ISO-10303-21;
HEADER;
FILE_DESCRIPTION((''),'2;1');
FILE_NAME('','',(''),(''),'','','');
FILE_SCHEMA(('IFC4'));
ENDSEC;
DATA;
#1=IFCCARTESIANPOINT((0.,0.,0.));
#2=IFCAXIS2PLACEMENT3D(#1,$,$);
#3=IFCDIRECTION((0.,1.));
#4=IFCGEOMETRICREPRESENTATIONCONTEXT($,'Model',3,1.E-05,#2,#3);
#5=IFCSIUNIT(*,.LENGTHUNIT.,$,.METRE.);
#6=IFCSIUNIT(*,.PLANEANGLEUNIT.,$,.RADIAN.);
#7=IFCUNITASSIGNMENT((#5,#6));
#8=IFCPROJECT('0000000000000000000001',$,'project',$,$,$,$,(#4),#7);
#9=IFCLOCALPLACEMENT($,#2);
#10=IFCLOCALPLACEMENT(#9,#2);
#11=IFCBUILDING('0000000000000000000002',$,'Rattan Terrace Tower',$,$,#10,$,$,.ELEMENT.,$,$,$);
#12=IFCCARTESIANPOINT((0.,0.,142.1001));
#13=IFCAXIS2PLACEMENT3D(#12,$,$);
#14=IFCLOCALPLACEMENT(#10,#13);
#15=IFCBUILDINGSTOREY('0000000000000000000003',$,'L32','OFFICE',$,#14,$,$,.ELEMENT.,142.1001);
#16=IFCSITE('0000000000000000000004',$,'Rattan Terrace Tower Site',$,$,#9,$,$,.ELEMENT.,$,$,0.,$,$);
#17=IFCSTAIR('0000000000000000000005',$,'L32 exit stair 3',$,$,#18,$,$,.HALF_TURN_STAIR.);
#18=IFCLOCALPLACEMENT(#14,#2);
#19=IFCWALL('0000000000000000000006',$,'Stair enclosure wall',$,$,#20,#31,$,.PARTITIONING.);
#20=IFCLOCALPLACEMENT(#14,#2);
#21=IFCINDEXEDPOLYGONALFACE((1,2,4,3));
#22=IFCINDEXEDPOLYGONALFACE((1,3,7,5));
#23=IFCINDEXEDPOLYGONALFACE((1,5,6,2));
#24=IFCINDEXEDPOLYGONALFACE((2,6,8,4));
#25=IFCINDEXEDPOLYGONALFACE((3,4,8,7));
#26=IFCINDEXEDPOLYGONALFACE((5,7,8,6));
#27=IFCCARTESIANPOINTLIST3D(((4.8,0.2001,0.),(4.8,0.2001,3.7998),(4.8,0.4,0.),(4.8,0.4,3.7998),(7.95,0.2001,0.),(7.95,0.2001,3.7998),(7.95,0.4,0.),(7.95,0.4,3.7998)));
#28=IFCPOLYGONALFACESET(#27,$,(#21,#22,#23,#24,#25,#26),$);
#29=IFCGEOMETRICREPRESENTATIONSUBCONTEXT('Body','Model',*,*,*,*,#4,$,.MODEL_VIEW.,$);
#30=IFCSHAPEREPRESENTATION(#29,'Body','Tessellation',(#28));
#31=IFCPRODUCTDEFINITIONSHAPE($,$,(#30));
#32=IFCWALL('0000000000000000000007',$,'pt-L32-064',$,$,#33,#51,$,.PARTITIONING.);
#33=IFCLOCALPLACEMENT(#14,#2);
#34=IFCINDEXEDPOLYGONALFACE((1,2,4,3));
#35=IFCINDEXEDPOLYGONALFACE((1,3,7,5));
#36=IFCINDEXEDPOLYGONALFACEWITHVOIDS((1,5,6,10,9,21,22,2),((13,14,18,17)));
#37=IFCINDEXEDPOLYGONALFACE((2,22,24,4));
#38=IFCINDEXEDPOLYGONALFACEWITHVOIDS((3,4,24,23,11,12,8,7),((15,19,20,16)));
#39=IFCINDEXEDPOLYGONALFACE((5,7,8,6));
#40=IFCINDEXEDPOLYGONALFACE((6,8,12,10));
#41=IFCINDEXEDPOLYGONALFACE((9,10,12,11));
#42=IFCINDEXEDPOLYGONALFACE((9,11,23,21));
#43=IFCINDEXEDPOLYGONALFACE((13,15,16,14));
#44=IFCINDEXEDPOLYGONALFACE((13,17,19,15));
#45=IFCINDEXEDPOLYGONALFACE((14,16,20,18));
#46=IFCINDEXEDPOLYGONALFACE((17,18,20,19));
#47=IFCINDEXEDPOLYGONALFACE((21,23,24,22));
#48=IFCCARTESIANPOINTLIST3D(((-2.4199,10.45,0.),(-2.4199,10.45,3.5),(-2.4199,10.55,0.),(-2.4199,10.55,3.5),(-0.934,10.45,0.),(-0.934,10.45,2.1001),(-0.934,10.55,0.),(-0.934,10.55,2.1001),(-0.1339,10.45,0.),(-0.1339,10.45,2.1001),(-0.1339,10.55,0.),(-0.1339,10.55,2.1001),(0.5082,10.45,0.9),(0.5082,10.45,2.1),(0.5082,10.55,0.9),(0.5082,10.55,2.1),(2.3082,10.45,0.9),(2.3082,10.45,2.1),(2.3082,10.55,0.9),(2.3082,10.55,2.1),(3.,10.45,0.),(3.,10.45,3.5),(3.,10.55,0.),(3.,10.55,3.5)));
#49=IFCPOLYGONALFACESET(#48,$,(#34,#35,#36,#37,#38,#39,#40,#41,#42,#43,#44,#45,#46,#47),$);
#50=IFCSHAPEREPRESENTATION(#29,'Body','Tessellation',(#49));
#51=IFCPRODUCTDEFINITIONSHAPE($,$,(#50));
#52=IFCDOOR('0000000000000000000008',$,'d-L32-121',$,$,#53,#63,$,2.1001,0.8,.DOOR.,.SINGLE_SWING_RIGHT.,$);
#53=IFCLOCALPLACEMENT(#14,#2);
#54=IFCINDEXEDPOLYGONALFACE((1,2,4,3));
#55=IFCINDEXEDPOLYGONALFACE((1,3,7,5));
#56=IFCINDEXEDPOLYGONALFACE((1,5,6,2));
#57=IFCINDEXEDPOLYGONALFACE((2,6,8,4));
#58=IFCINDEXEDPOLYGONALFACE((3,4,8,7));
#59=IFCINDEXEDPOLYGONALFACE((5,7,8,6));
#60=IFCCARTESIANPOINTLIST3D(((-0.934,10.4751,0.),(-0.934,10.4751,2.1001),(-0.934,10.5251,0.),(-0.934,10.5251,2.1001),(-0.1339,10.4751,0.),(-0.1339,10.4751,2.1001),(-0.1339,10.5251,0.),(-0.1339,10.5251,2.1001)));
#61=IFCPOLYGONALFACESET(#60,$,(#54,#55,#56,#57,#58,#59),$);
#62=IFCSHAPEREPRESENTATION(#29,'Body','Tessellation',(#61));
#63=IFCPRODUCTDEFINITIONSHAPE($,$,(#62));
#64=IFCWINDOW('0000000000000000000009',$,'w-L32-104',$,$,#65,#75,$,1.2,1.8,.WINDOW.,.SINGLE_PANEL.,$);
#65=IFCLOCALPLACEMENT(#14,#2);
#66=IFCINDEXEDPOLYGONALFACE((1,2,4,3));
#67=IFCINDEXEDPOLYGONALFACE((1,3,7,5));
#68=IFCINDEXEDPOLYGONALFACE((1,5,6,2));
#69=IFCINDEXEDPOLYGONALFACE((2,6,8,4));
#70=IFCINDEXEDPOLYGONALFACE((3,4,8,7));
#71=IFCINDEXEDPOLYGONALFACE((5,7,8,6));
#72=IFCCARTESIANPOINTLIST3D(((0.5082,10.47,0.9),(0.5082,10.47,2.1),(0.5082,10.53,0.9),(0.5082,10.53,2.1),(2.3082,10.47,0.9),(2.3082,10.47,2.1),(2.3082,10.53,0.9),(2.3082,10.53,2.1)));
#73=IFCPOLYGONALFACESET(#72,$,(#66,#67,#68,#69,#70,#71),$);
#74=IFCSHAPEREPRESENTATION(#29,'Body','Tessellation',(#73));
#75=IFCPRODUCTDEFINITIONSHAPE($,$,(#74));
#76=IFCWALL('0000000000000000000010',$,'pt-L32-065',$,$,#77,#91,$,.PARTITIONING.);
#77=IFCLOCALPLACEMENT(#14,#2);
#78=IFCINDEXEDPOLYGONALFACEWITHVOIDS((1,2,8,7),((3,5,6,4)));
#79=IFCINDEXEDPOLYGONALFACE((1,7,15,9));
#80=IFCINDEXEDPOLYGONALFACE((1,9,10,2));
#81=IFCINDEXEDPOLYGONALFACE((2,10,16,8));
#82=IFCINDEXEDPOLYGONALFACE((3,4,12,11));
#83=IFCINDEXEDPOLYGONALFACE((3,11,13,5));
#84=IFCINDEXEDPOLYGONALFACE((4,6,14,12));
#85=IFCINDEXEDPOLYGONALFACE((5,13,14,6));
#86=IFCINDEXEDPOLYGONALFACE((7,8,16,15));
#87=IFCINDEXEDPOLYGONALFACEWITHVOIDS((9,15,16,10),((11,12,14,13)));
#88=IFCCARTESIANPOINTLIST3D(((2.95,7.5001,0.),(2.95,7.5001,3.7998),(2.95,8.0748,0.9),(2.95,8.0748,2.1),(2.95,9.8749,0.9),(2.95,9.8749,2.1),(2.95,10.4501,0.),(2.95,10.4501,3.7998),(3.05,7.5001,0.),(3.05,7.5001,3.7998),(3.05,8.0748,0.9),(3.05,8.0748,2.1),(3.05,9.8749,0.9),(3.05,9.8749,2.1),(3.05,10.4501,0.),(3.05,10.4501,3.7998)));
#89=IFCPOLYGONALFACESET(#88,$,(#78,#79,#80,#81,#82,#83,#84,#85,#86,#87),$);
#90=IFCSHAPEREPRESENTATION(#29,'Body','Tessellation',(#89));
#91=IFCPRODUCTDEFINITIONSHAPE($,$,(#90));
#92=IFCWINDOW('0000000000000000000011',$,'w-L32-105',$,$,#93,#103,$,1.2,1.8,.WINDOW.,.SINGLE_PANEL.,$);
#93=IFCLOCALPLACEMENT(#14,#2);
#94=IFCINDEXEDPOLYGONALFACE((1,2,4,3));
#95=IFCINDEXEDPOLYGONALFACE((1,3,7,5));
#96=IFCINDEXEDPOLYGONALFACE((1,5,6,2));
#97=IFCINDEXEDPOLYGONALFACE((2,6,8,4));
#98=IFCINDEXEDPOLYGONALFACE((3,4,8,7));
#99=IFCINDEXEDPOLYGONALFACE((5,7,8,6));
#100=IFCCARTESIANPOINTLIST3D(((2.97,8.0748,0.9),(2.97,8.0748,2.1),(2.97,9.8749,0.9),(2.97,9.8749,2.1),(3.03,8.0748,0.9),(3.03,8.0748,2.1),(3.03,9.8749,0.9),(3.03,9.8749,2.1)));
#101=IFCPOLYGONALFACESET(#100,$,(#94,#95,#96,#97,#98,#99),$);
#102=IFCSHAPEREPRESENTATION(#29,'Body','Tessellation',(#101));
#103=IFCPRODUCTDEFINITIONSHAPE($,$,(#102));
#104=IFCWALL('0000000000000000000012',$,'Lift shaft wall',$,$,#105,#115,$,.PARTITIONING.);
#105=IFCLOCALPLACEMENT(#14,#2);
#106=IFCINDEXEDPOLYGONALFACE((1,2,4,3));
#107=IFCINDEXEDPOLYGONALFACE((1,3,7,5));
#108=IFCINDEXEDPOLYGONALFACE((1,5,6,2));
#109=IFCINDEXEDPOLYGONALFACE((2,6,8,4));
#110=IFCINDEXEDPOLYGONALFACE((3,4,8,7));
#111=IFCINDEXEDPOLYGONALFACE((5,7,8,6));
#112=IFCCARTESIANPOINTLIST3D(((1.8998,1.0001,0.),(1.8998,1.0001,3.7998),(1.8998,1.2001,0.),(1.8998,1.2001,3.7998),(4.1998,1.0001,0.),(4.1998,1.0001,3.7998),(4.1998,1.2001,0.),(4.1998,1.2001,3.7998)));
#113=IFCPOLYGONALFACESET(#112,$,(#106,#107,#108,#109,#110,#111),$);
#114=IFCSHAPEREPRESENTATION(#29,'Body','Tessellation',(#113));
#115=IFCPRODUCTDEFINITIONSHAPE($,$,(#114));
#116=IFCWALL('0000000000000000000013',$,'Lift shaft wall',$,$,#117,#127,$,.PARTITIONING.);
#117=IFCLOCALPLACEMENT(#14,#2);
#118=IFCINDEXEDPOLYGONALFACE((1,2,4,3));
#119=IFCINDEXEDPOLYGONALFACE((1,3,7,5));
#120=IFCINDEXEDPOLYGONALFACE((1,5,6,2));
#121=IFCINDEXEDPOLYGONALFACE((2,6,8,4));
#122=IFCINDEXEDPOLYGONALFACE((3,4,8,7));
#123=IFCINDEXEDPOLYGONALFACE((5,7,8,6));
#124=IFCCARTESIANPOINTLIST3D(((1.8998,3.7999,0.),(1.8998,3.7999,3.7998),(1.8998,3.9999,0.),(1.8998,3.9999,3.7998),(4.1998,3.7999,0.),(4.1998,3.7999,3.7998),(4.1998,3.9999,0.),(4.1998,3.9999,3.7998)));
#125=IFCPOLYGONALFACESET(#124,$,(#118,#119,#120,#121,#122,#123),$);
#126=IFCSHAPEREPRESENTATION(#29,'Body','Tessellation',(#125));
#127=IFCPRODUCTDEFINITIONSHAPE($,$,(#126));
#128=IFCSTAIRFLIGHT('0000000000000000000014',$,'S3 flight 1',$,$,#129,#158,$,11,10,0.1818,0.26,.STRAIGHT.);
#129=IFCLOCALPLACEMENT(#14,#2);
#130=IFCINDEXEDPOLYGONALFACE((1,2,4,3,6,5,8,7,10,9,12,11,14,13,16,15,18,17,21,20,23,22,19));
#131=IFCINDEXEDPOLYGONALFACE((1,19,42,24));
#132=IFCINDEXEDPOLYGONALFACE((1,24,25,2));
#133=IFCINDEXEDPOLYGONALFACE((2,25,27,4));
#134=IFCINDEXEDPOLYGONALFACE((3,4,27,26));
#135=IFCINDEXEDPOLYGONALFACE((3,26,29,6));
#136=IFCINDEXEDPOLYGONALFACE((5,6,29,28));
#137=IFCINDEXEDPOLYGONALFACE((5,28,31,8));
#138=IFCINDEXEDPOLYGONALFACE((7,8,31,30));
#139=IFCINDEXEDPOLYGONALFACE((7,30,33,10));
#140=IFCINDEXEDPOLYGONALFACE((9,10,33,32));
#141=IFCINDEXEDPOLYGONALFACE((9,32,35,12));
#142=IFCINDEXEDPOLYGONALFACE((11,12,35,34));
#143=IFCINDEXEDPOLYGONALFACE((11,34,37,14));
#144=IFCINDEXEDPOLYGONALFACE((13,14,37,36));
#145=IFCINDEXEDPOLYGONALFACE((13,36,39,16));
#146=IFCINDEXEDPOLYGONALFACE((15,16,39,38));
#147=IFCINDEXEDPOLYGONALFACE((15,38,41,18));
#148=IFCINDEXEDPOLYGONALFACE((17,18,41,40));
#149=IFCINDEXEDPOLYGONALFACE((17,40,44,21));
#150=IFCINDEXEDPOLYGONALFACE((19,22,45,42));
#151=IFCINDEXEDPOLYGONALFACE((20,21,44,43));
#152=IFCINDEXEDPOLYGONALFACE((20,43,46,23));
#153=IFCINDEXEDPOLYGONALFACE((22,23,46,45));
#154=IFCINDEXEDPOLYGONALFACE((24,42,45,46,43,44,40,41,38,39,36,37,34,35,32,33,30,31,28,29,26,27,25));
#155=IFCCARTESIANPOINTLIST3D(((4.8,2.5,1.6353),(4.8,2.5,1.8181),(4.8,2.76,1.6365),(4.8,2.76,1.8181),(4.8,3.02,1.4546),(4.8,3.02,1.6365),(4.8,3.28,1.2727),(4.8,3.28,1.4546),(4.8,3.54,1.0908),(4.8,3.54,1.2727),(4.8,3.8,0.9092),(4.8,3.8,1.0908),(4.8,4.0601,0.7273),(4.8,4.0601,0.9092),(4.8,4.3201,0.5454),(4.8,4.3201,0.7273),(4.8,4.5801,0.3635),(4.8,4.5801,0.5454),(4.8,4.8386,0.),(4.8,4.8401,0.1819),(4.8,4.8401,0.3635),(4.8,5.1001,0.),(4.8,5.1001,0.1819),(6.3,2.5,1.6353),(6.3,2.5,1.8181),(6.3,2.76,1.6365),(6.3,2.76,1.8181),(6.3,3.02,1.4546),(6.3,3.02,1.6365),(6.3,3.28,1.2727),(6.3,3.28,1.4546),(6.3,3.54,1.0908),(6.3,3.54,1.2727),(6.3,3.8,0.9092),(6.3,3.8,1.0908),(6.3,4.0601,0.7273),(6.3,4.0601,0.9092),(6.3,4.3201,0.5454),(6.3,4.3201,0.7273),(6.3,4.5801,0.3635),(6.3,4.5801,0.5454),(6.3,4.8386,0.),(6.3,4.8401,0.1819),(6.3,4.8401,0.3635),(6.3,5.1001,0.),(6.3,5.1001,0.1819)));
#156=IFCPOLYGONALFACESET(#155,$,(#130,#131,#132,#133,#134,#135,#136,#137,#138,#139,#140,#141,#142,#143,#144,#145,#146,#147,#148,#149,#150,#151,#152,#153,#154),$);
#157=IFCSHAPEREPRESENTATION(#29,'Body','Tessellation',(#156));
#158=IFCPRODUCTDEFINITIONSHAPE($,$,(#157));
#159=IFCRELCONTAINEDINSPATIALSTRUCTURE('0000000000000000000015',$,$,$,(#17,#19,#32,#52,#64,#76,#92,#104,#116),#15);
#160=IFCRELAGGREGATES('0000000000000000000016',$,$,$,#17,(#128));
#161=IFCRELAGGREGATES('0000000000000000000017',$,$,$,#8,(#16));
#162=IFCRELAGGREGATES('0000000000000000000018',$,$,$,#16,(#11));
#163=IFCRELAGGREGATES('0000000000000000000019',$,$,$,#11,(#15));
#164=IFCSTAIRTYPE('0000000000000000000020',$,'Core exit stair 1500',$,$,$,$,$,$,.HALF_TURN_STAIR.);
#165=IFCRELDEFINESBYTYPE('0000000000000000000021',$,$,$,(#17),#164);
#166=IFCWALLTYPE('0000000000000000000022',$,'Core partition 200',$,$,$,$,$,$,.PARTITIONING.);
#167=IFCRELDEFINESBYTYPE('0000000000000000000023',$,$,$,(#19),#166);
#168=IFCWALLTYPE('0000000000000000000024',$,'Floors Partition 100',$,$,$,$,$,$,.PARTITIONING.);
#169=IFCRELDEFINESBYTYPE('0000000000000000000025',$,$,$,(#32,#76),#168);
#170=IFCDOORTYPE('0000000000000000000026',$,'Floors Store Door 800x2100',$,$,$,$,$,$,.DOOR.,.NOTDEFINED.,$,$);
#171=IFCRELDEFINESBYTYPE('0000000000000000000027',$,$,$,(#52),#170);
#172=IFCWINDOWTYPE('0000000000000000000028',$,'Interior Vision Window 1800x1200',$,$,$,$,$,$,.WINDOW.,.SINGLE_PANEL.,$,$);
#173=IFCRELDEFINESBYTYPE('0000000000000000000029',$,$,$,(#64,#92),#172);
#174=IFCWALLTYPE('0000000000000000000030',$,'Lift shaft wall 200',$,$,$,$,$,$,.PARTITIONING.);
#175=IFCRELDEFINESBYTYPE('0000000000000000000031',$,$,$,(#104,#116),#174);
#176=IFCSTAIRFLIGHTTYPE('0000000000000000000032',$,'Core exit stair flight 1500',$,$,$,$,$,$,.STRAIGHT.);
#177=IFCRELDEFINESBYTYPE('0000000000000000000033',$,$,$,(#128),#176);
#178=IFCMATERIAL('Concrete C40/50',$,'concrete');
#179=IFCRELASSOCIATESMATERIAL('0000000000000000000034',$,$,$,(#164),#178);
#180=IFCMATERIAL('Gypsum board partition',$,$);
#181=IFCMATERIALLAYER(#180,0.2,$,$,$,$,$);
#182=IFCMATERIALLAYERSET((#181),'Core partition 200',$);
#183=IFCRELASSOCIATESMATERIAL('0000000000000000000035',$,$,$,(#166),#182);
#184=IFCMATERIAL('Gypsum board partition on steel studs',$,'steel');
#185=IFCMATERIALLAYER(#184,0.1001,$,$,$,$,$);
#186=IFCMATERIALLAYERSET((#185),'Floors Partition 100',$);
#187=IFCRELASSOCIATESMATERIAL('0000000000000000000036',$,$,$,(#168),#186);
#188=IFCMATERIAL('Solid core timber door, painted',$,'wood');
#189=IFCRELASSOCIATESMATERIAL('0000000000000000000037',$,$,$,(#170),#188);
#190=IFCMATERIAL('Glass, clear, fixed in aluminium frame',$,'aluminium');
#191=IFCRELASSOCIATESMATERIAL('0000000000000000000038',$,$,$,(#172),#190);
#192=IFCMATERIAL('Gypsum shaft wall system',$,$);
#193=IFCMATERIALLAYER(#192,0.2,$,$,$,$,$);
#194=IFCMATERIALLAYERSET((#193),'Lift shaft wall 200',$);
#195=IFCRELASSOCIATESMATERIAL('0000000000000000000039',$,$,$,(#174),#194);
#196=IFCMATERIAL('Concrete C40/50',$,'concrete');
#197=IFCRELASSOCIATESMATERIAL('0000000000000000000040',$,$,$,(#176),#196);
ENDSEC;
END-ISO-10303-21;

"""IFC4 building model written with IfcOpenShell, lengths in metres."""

from ifc_helpers import new_model, si_unit, direction, frame, frame_2d, origin, place, context, subcontext, project, spatial, polyline, rectangle, outline, extrude, material, layer, layer_set, type_object, element, fill, aggregate, save


model = new_model("IFC4")

# Units and contexts
model_context = context("Model", 3, precision=1e-05, world=origin(), true_north=direction((0.0, 1.0)))
body_context = subcontext(model_context, "Body", "Model", "MODEL_VIEW")
ifc_project = project(units=[si_unit("LENGTHUNIT", "METRE"), si_unit("PLANEANGLEUNIT", "RADIAN")], contexts=[model_context])

# Site, building, storey
site_placement = place(None, origin())
site = spatial("IfcSite", under=ifc_project, at=site_placement, Name="Rattan Terrace Tower Site", CompositionType="ELEMENT", RefElevation=0.0)
building_placement = place(site_placement, origin())
building = spatial("IfcBuilding", under=site, at=building_placement, Name="Rattan Terrace Tower", CompositionType="ELEMENT")
storey_placement = place(building_placement, frame((0.0, 0.0, 142.1001)))
storey = spatial("IfcBuildingStorey", under=building, at=storey_placement, Name="L32", Description="OFFICE", CompositionType="ELEMENT", Elevation=142.1001)

# Stair
ifc_material_1 = material(Name="Concrete C40/50", Category="concrete")
stair_type = type_object("IfcStairType", Name="Core exit stair 1500", PredefinedType="HALF_TURN_STAIR", material=ifc_material_1)
stair_1_placement = place(storey_placement, origin())
stair_1 = element("IfcStair", 1, at=stair_1_placement, inside=storey, type_object=stair_type, Name="L32 exit stair 3", PredefinedType="HALF_TURN_STAIR")

# Wall
ifc_material_2 = material(Name="Gypsum board partition")
ifc_layer_1 = layer(ifc_material_2, 0.2)
ifc_layer_set_1 = layer_set([ifc_layer_1], Name="Core partition 200")
wall_type_1 = type_object("IfcWallType", Name="Core partition 200", PredefinedType="PARTITIONING", material=ifc_layer_set_1)
wall_1_placement = place(storey_placement, frame((4.8, 0.3, 0.0), z_axis=(0.0, 0.0, 1.0), x_axis=(1.0, 0.0, 0.0)))
element("IfcWall", 2, at=wall_1_placement, inside=storey, type_object=wall_type_1, Name="Stair enclosure wall", PredefinedType="PARTITIONING", context=body_context, shape_type="SweptSolid", body=[
    extrude(rectangle(XDim=3.1499, YDim=0.2, at=frame_2d((1.575, 0.0))), origin(), (0.0, 0.0, 1.0), 3.7998),
])

# Wall, openings, door, window
ifc_material_3 = material(Name="Gypsum board partition on steel studs", Category="steel")
ifc_layer_2 = layer(ifc_material_3, 0.1001)
ifc_layer_set_2 = layer_set([ifc_layer_2], Name="Floors Partition 100")
wall_type_2 = type_object("IfcWallType", Name="Floors Partition 100", PredefinedType="PARTITIONING", material=ifc_layer_set_2)
wall_2_placement = place(storey_placement, frame((3.0, 10.5, 0.0), z_axis=(0.0, 0.0, 1.0), x_axis=(-1.0, 0.0, 0.0)))
wall_2 = element("IfcWall", 3, at=wall_2_placement, inside=storey, type_object=wall_type_2, Name="pt-L32-064", PredefinedType="PARTITIONING", context=body_context, shape_type="SweptSolid", body=[
    extrude(rectangle(XDim=5.4199, YDim=0.1001, at=frame_2d((2.71, 0.0))), origin(), (0.0, 0.0, 1.0), 3.5),
])
opening_1_placement = place(wall_2_placement, frame((3.134, 0.0, 0.0)))
opening_1 = element("IfcOpeningElement", 4, at=opening_1_placement, cuts=wall_2, PredefinedType="OPENING", context=body_context, shape_type="SweptSolid", body=[
    extrude(rectangle(XDim=0.8, YDim=2.1001, at=frame_2d((0.3999, 1.05))), frame((0.0, 0.0605, 0.0), z_axis=(0.0, -1.0, 0.0), x_axis=(1.0, 0.0, 0.0)), (0.0, 0.0, 1.0), 0.1211),
])
opening_2_placement = place(wall_2_placement, frame((0.6919, 0.0, 0.8999)))
opening_2 = element("IfcOpeningElement", 5, at=opening_2_placement, cuts=wall_2, PredefinedType="OPENING", context=body_context, shape_type="SweptSolid", body=[
    extrude(rectangle(XDim=1.8, YDim=1.2, at=frame_2d((0.8999, 0.6001))), frame((0.0, 0.0605, 0.0), z_axis=(0.0, -1.0, 0.0), x_axis=(1.0, 0.0, 0.0)), (0.0, 0.0, 1.0), 0.1211),
])
ifc_material_4 = material(Name="Solid core timber door, painted", Category="wood")
door_type = type_object("IfcDoorType", Name="Floors Store Door 800x2100", OperationType="NOTDEFINED", PredefinedType="DOOR", material=ifc_material_4)
door_placement = place(opening_1_placement, origin())
door = element("IfcDoor", 6, at=door_placement, inside=storey, type_object=door_type, Name="d-L32-121", OperationType="SINGLE_SWING_RIGHT", OverallHeight=2.1001, OverallWidth=0.8, PredefinedType="DOOR", context=body_context, shape_type="SweptSolid", body=[
    extrude(rectangle(XDim=0.8, YDim=2.1001, at=frame_2d((0.3999, 1.05))), frame((0.0, 0.0249, 0.0), z_axis=(0.0, -1.0, 0.0), x_axis=(1.0, 0.0, 0.0)), (0.0, 0.0, 1.0), 0.05),
])
fill(opening_1, door)
ifc_material_5 = material(Name="Glass, clear, fixed in aluminium frame", Category="aluminium")
window_type = type_object("IfcWindowType", Name="Interior Vision Window 1800x1200", PartitioningType="SINGLE_PANEL", PredefinedType="WINDOW", material=ifc_material_5)
window_1_placement = place(opening_2_placement, origin())
window_1 = element("IfcWindow", 7, at=window_1_placement, inside=storey, type_object=window_type, Name="w-L32-104", OverallHeight=1.2, OverallWidth=1.8, PartitioningType="SINGLE_PANEL", PredefinedType="WINDOW", context=body_context, shape_type="SweptSolid", body=[
    extrude(rectangle(XDim=1.8, YDim=1.2, at=frame_2d((0.8999, 0.6001))), frame((0.0, 0.03, 0.0), z_axis=(0.0, -1.0, 0.0), x_axis=(1.0, 0.0, 0.0)), (0.0, 0.0, 1.0), 0.0601),
])
fill(opening_2, window_1)

# Wall, opening, window
wall_3_placement = place(storey_placement, frame((3.0, 7.5, 0.0), z_axis=(0.0, 0.0, 1.0), x_axis=(0.0, 1.0, 0.0)))
wall_3 = element("IfcWall", 8, at=wall_3_placement, inside=storey, type_object=wall_type_2, Name="pt-L32-065", PredefinedType="PARTITIONING", context=body_context, shape_type="SweptSolid", body=[
    extrude(rectangle(XDim=2.95, YDim=0.1001, at=frame_2d((1.4751, 0.0))), origin(), (0.0, 0.0, 1.0), 3.7998),
])
opening_3_placement = place(wall_3_placement, frame((0.575, 0.0, 0.8999)))
opening_3 = element("IfcOpeningElement", 9, at=opening_3_placement, cuts=wall_3, PredefinedType="OPENING", context=body_context, shape_type="SweptSolid", body=[
    extrude(rectangle(XDim=1.8, YDim=1.2, at=frame_2d((0.8999, 0.6001))), frame((0.0, 0.0605, 0.0), z_axis=(0.0, -1.0, 0.0), x_axis=(1.0, 0.0, 0.0)), (0.0, 0.0, 1.0), 0.1211),
])
window_2_placement = place(opening_3_placement, origin())
window_2 = element("IfcWindow", 10, at=window_2_placement, inside=storey, type_object=window_type, Name="w-L32-105", OverallHeight=1.2, OverallWidth=1.8, PartitioningType="SINGLE_PANEL", PredefinedType="WINDOW", context=body_context, shape_type="SweptSolid", body=[
    extrude(rectangle(XDim=1.8, YDim=1.2, at=frame_2d((0.8999, 0.6001))), frame((0.0, 0.03, 0.0), z_axis=(0.0, -1.0, 0.0), x_axis=(1.0, 0.0, 0.0)), (0.0, 0.0, 1.0), 0.0601),
])
fill(opening_3, window_2)

# Walls
ifc_material_6 = material(Name="Gypsum shaft wall system")
ifc_layer_3 = layer(ifc_material_6, 0.2)
ifc_layer_set_3 = layer_set([ifc_layer_3], Name="Lift shaft wall 200")
wall_type_3 = type_object("IfcWallType", Name="Lift shaft wall 200", PredefinedType="PARTITIONING", material=ifc_layer_set_3)
for number, where, z_axis, x_axis, name in (
    (11, (1.8999, 1.1001, 0.0), (0.0, 0.0, 1.0), (1.0, 0.0, 0.0), "Lift shaft wall"),
    (12, (1.8999, 3.8999, 0.0), (0.0, 0.0, 1.0), (1.0, 0.0, 0.0), "Lift shaft wall"),
):
    element("IfcWall", number, at=place(storey_placement, frame(where, z_axis=z_axis, x_axis=x_axis)), inside=storey, type_object=wall_type_3, Name=name, PredefinedType="PARTITIONING", context=body_context, shape_type="SweptSolid", body=[
        extrude(rectangle(XDim=2.3, YDim=0.2, at=frame_2d((1.1499, 0.0))), origin(), (0.0, 0.0, 1.0), 3.7998),
    ])

# Stair flight
ifc_material_7 = material(Name="Concrete C40/50", Category="concrete")
stair_flight_type = type_object("IfcStairFlightType", Name="Core exit stair flight 1500", PredefinedType="STRAIGHT", material=ifc_material_7)
stair_flight_1_placement = place(storey_placement, frame((5.55, 5.1001, 0.0), z_axis=(0.0, 0.0, 1.0), x_axis=(0.0, -1.0, 0.0)))
stair_flight_1 = element("IfcStairFlight", 13, at=stair_flight_1_placement, type_object=stair_flight_type, Name="S3 flight 1", NumberOfRisers=11, NumberOfTreads=10, PredefinedType="STRAIGHT", RiserHeight=0.1818, TreadLength=0.26, context=body_context, shape_type="SweptSolid", body=[
    extrude(outline(polyline([(0.0, 0.0), (0.0, 0.1819), (0.26, 0.1819), (0.26, 0.3635), (0.52, 0.3635), (0.52, 0.5454), (0.78, 0.5454), (0.78, 0.7273), (1.04, 0.7273), (1.04, 0.9092), (1.3, 0.9092), (1.3, 1.0908), (1.5601, 1.0908), (1.5601, 1.2727), (1.8201, 1.2727), (1.8201, 1.4546), (2.0801, 1.4546), (2.0801, 1.6365), (2.3401, 1.6365), (2.3401, 1.8181), (2.6001, 1.8181), (2.6001, 2.0), (2.6001, 1.6353), (0.2615, 0.0), (0.0, 0.0)])), frame((0.0, 0.75, 0.0), z_axis=(0.0, -1.0, 0.0), x_axis=(1.0, 0.0, 0.0)), (0.0, 0.0, 1.0), 1.5),
])
aggregate(stair_1, [stair_flight_1])

save(model, "model.ifc")
